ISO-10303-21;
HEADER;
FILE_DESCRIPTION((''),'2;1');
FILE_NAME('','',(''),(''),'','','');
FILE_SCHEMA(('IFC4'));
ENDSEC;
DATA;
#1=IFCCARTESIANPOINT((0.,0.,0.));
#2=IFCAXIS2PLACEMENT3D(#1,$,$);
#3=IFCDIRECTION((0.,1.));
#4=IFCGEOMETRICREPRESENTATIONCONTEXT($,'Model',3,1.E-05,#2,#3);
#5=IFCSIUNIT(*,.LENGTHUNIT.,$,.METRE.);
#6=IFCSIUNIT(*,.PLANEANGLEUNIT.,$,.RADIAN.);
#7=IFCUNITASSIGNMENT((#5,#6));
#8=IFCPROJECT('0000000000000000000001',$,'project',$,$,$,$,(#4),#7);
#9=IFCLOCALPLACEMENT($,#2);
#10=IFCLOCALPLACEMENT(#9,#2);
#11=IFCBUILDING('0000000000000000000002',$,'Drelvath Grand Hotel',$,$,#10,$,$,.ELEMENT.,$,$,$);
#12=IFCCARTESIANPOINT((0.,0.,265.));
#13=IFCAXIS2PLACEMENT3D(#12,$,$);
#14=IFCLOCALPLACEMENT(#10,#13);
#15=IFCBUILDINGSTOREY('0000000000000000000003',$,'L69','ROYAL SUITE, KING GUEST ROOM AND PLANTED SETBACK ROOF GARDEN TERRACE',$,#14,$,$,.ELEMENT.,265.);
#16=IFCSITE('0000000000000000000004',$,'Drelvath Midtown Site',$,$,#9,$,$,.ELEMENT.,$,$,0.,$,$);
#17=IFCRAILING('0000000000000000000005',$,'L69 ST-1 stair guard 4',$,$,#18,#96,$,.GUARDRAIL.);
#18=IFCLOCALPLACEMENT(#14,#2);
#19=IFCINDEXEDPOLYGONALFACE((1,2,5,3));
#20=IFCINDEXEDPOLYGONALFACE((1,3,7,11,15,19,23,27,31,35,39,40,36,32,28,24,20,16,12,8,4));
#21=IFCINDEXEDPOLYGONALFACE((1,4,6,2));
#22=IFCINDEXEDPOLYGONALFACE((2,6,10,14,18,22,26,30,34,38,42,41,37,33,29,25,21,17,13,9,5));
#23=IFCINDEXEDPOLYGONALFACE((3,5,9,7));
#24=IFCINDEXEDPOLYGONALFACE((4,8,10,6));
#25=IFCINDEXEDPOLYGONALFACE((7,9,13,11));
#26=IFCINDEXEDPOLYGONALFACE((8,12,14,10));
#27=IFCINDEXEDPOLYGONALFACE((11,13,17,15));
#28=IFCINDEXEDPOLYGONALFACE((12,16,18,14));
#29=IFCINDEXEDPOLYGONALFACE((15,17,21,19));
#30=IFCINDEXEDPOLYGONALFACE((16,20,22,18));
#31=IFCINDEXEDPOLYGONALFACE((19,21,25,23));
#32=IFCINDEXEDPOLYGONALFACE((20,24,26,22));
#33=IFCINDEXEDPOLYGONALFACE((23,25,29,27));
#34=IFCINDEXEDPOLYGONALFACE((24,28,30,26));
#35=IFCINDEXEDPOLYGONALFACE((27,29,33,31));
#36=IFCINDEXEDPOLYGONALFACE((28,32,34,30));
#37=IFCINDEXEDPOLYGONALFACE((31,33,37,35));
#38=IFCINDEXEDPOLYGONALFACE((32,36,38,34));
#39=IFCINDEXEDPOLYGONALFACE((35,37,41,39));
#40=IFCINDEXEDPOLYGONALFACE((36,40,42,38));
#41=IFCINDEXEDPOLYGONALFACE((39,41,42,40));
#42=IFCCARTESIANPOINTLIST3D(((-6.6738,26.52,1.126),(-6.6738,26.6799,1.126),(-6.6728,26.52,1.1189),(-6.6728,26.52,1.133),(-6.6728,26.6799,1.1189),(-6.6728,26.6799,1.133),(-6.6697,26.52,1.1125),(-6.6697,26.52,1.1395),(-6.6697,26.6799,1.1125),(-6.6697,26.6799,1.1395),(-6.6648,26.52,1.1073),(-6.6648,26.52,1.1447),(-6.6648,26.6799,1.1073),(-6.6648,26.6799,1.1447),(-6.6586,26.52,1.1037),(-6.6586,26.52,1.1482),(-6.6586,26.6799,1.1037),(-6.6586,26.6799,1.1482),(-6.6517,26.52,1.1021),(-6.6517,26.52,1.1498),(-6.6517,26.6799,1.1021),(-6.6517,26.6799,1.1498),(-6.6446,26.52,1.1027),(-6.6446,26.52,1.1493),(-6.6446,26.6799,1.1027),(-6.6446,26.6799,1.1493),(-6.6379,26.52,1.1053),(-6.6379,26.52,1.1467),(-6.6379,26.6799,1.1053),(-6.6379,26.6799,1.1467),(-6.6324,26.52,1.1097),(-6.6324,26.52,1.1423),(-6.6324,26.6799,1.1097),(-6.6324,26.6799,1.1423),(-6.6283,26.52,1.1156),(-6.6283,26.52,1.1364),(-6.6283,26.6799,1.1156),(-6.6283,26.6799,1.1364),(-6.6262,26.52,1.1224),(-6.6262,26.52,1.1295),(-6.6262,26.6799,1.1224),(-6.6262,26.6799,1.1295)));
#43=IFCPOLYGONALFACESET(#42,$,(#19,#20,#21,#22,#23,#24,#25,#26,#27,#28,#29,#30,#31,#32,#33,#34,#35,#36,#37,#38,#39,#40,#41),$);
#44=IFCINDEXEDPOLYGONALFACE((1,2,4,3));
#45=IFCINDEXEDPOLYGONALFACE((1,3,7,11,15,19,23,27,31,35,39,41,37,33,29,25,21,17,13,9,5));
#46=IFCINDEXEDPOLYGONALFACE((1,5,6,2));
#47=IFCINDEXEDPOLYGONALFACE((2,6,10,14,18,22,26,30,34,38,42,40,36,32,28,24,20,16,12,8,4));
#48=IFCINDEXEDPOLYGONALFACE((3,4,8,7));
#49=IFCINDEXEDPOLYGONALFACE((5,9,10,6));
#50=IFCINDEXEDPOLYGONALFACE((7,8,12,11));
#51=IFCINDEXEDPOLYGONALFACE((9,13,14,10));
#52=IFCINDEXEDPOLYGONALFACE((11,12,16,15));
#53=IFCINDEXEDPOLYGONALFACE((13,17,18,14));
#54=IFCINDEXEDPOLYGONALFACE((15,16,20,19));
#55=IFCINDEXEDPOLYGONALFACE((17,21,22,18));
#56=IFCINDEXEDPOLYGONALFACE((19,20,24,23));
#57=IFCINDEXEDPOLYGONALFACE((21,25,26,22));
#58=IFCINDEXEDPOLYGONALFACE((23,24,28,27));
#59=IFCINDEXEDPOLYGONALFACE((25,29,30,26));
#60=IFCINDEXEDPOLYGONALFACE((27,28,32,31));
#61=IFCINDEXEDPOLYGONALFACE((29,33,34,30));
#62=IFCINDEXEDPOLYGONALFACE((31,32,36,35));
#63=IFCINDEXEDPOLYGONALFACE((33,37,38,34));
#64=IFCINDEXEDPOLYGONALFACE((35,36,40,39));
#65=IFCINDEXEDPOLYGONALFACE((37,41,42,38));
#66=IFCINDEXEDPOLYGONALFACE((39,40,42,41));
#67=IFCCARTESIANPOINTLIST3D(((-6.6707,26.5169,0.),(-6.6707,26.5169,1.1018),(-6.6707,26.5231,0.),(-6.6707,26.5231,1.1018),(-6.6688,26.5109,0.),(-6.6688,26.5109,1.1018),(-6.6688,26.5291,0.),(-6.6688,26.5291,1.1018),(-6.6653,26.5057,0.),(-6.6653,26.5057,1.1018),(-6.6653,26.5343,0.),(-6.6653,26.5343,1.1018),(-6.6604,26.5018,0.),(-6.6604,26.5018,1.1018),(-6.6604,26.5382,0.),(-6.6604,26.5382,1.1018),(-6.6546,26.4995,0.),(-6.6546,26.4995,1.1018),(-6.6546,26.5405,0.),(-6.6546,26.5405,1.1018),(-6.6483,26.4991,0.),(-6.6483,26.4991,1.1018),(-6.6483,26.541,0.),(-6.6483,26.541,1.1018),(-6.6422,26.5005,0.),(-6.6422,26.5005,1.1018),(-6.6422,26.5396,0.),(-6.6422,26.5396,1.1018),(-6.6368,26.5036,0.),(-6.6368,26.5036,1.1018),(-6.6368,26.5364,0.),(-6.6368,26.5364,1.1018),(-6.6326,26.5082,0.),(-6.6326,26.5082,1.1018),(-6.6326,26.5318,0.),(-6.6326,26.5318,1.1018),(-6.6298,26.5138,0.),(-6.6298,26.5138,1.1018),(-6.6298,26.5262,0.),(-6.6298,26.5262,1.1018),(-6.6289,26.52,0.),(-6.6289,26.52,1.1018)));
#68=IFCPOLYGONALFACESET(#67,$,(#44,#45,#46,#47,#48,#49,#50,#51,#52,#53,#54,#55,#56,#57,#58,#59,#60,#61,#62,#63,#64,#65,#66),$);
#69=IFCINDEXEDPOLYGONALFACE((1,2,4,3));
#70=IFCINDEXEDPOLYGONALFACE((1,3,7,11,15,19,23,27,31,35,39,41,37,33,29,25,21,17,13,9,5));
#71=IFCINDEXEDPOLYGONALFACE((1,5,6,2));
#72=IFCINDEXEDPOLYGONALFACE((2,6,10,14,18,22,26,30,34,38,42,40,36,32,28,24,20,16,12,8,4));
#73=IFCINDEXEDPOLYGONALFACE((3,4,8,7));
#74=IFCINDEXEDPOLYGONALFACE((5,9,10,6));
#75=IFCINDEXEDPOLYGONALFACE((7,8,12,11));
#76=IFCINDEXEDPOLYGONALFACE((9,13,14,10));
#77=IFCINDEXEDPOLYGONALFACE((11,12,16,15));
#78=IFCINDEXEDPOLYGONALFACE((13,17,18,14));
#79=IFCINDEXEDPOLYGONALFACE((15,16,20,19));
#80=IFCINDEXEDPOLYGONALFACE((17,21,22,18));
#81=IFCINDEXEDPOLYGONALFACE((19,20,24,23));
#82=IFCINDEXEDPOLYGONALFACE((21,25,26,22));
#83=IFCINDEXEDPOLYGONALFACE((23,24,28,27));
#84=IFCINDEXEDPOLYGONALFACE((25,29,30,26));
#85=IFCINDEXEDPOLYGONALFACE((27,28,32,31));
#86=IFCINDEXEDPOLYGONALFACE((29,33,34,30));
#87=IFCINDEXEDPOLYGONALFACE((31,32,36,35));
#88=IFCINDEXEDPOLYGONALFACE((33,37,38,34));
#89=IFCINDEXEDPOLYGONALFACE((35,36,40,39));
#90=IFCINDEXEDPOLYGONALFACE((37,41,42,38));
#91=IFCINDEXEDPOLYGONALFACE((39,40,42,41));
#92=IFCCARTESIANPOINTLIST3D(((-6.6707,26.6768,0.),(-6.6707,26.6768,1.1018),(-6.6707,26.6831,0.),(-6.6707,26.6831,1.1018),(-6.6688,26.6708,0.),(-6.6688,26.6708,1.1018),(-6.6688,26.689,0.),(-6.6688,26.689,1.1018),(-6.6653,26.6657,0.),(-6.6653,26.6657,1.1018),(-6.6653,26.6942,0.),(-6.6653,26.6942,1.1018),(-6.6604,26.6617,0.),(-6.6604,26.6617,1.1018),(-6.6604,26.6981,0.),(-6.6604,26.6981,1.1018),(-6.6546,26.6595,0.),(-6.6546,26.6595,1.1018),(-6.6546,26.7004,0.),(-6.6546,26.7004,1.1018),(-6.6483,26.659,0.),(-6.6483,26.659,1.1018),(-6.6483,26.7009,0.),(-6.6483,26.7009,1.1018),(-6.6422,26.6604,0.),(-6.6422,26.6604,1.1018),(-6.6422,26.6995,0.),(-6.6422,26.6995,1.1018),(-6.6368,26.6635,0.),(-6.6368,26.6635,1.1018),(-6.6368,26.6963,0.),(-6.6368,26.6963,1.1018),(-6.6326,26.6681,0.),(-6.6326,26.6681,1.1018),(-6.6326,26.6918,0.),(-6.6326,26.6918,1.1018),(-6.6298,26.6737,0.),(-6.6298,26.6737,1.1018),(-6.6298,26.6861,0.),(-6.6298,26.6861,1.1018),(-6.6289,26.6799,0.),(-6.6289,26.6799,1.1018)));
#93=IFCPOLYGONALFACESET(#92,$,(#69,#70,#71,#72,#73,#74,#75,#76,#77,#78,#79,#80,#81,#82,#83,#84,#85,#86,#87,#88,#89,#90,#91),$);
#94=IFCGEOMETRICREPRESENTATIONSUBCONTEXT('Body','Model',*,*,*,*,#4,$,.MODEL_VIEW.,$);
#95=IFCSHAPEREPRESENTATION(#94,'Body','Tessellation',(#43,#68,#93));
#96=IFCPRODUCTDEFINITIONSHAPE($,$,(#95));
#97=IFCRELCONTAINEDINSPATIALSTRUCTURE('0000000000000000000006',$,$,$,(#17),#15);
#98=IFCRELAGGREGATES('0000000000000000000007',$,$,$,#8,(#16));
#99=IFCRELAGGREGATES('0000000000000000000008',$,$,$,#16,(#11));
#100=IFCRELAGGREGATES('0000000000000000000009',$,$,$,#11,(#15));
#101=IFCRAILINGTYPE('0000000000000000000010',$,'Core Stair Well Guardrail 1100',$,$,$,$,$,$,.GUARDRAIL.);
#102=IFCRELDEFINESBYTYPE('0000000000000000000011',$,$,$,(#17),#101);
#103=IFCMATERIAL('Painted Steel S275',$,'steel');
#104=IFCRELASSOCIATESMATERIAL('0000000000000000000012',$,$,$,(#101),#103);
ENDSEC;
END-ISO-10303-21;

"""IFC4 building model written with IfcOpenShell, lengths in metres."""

from ifc_helpers import new_model, si_unit, direction, frame, origin, origin_2d, place, context, subcontext, project, spatial, circle, extrude, material, type_object, element, save


model = new_model("IFC4")

# Units and contexts
model_context = context("Model", 3, precision=1e-05, world=origin(), true_north=direction((0.0, 1.0)))
body_context = subcontext(model_context, "Body", "Model", "MODEL_VIEW")
ifc_project = project(units=[si_unit("LENGTHUNIT", "METRE"), si_unit("PLANEANGLEUNIT", "RADIAN")], contexts=[model_context])

# Site, building, storey
site_placement = place(None, origin())
site = spatial("IfcSite", under=ifc_project, at=site_placement, Name="Drelvath Midtown Site", CompositionType="ELEMENT", RefElevation=0.0)
building_placement = place(site_placement, origin())
building = spatial("IfcBuilding", under=site, at=building_placement, Name="Drelvath Grand Hotel", CompositionType="ELEMENT")
storey_placement = place(building_placement, frame((0.0, 0.0, 265.0)))
storey = spatial("IfcBuildingStorey", under=building, at=storey_placement, Name="L69", Description="ROYAL SUITE, KING GUEST ROOM AND PLANTED SETBACK ROOF GARDEN TERRACE", CompositionType="ELEMENT", Elevation=265.0)

# Shared definitions
ifc_material_1 = material(Name="Painted Steel S275", Category="steel")

# Railing
railing_type_1 = type_object("IfcRailingType", Name="Core Stair Well Guardrail 1100", PredefinedType="GUARDRAIL", material=ifc_material_1)
railing_1_placement = place(storey_placement, frame((-6.6499, 26.52, 0.0)))
element("IfcRailing", 1, at=railing_1_placement, inside=storey, type_object=railing_type_1, Name="L69 ST-1 stair guard 4", PredefinedType="GUARDRAIL", context=body_context, shape_type="SweptSolid", body=[
    extrude(circle(Radius=0.0239, at=origin_2d()), frame((0.0, 0.0, 1.126), z_axis=(0.0, 1.0, 0.0), x_axis=(-1.0, 0.0, 0.0)), (0.0, 0.0, 1.0), 0.1599),
    extrude(circle(Radius=0.021, at=origin_2d()), origin(), (0.0, 0.0, 1.0), 1.1018),
    extrude(circle(Radius=0.021, at=origin_2d()), frame((0.0, 0.1599, 0.0)), (0.0, 0.0, 1.0), 1.1018),
])

save(model, "model.ifc")
